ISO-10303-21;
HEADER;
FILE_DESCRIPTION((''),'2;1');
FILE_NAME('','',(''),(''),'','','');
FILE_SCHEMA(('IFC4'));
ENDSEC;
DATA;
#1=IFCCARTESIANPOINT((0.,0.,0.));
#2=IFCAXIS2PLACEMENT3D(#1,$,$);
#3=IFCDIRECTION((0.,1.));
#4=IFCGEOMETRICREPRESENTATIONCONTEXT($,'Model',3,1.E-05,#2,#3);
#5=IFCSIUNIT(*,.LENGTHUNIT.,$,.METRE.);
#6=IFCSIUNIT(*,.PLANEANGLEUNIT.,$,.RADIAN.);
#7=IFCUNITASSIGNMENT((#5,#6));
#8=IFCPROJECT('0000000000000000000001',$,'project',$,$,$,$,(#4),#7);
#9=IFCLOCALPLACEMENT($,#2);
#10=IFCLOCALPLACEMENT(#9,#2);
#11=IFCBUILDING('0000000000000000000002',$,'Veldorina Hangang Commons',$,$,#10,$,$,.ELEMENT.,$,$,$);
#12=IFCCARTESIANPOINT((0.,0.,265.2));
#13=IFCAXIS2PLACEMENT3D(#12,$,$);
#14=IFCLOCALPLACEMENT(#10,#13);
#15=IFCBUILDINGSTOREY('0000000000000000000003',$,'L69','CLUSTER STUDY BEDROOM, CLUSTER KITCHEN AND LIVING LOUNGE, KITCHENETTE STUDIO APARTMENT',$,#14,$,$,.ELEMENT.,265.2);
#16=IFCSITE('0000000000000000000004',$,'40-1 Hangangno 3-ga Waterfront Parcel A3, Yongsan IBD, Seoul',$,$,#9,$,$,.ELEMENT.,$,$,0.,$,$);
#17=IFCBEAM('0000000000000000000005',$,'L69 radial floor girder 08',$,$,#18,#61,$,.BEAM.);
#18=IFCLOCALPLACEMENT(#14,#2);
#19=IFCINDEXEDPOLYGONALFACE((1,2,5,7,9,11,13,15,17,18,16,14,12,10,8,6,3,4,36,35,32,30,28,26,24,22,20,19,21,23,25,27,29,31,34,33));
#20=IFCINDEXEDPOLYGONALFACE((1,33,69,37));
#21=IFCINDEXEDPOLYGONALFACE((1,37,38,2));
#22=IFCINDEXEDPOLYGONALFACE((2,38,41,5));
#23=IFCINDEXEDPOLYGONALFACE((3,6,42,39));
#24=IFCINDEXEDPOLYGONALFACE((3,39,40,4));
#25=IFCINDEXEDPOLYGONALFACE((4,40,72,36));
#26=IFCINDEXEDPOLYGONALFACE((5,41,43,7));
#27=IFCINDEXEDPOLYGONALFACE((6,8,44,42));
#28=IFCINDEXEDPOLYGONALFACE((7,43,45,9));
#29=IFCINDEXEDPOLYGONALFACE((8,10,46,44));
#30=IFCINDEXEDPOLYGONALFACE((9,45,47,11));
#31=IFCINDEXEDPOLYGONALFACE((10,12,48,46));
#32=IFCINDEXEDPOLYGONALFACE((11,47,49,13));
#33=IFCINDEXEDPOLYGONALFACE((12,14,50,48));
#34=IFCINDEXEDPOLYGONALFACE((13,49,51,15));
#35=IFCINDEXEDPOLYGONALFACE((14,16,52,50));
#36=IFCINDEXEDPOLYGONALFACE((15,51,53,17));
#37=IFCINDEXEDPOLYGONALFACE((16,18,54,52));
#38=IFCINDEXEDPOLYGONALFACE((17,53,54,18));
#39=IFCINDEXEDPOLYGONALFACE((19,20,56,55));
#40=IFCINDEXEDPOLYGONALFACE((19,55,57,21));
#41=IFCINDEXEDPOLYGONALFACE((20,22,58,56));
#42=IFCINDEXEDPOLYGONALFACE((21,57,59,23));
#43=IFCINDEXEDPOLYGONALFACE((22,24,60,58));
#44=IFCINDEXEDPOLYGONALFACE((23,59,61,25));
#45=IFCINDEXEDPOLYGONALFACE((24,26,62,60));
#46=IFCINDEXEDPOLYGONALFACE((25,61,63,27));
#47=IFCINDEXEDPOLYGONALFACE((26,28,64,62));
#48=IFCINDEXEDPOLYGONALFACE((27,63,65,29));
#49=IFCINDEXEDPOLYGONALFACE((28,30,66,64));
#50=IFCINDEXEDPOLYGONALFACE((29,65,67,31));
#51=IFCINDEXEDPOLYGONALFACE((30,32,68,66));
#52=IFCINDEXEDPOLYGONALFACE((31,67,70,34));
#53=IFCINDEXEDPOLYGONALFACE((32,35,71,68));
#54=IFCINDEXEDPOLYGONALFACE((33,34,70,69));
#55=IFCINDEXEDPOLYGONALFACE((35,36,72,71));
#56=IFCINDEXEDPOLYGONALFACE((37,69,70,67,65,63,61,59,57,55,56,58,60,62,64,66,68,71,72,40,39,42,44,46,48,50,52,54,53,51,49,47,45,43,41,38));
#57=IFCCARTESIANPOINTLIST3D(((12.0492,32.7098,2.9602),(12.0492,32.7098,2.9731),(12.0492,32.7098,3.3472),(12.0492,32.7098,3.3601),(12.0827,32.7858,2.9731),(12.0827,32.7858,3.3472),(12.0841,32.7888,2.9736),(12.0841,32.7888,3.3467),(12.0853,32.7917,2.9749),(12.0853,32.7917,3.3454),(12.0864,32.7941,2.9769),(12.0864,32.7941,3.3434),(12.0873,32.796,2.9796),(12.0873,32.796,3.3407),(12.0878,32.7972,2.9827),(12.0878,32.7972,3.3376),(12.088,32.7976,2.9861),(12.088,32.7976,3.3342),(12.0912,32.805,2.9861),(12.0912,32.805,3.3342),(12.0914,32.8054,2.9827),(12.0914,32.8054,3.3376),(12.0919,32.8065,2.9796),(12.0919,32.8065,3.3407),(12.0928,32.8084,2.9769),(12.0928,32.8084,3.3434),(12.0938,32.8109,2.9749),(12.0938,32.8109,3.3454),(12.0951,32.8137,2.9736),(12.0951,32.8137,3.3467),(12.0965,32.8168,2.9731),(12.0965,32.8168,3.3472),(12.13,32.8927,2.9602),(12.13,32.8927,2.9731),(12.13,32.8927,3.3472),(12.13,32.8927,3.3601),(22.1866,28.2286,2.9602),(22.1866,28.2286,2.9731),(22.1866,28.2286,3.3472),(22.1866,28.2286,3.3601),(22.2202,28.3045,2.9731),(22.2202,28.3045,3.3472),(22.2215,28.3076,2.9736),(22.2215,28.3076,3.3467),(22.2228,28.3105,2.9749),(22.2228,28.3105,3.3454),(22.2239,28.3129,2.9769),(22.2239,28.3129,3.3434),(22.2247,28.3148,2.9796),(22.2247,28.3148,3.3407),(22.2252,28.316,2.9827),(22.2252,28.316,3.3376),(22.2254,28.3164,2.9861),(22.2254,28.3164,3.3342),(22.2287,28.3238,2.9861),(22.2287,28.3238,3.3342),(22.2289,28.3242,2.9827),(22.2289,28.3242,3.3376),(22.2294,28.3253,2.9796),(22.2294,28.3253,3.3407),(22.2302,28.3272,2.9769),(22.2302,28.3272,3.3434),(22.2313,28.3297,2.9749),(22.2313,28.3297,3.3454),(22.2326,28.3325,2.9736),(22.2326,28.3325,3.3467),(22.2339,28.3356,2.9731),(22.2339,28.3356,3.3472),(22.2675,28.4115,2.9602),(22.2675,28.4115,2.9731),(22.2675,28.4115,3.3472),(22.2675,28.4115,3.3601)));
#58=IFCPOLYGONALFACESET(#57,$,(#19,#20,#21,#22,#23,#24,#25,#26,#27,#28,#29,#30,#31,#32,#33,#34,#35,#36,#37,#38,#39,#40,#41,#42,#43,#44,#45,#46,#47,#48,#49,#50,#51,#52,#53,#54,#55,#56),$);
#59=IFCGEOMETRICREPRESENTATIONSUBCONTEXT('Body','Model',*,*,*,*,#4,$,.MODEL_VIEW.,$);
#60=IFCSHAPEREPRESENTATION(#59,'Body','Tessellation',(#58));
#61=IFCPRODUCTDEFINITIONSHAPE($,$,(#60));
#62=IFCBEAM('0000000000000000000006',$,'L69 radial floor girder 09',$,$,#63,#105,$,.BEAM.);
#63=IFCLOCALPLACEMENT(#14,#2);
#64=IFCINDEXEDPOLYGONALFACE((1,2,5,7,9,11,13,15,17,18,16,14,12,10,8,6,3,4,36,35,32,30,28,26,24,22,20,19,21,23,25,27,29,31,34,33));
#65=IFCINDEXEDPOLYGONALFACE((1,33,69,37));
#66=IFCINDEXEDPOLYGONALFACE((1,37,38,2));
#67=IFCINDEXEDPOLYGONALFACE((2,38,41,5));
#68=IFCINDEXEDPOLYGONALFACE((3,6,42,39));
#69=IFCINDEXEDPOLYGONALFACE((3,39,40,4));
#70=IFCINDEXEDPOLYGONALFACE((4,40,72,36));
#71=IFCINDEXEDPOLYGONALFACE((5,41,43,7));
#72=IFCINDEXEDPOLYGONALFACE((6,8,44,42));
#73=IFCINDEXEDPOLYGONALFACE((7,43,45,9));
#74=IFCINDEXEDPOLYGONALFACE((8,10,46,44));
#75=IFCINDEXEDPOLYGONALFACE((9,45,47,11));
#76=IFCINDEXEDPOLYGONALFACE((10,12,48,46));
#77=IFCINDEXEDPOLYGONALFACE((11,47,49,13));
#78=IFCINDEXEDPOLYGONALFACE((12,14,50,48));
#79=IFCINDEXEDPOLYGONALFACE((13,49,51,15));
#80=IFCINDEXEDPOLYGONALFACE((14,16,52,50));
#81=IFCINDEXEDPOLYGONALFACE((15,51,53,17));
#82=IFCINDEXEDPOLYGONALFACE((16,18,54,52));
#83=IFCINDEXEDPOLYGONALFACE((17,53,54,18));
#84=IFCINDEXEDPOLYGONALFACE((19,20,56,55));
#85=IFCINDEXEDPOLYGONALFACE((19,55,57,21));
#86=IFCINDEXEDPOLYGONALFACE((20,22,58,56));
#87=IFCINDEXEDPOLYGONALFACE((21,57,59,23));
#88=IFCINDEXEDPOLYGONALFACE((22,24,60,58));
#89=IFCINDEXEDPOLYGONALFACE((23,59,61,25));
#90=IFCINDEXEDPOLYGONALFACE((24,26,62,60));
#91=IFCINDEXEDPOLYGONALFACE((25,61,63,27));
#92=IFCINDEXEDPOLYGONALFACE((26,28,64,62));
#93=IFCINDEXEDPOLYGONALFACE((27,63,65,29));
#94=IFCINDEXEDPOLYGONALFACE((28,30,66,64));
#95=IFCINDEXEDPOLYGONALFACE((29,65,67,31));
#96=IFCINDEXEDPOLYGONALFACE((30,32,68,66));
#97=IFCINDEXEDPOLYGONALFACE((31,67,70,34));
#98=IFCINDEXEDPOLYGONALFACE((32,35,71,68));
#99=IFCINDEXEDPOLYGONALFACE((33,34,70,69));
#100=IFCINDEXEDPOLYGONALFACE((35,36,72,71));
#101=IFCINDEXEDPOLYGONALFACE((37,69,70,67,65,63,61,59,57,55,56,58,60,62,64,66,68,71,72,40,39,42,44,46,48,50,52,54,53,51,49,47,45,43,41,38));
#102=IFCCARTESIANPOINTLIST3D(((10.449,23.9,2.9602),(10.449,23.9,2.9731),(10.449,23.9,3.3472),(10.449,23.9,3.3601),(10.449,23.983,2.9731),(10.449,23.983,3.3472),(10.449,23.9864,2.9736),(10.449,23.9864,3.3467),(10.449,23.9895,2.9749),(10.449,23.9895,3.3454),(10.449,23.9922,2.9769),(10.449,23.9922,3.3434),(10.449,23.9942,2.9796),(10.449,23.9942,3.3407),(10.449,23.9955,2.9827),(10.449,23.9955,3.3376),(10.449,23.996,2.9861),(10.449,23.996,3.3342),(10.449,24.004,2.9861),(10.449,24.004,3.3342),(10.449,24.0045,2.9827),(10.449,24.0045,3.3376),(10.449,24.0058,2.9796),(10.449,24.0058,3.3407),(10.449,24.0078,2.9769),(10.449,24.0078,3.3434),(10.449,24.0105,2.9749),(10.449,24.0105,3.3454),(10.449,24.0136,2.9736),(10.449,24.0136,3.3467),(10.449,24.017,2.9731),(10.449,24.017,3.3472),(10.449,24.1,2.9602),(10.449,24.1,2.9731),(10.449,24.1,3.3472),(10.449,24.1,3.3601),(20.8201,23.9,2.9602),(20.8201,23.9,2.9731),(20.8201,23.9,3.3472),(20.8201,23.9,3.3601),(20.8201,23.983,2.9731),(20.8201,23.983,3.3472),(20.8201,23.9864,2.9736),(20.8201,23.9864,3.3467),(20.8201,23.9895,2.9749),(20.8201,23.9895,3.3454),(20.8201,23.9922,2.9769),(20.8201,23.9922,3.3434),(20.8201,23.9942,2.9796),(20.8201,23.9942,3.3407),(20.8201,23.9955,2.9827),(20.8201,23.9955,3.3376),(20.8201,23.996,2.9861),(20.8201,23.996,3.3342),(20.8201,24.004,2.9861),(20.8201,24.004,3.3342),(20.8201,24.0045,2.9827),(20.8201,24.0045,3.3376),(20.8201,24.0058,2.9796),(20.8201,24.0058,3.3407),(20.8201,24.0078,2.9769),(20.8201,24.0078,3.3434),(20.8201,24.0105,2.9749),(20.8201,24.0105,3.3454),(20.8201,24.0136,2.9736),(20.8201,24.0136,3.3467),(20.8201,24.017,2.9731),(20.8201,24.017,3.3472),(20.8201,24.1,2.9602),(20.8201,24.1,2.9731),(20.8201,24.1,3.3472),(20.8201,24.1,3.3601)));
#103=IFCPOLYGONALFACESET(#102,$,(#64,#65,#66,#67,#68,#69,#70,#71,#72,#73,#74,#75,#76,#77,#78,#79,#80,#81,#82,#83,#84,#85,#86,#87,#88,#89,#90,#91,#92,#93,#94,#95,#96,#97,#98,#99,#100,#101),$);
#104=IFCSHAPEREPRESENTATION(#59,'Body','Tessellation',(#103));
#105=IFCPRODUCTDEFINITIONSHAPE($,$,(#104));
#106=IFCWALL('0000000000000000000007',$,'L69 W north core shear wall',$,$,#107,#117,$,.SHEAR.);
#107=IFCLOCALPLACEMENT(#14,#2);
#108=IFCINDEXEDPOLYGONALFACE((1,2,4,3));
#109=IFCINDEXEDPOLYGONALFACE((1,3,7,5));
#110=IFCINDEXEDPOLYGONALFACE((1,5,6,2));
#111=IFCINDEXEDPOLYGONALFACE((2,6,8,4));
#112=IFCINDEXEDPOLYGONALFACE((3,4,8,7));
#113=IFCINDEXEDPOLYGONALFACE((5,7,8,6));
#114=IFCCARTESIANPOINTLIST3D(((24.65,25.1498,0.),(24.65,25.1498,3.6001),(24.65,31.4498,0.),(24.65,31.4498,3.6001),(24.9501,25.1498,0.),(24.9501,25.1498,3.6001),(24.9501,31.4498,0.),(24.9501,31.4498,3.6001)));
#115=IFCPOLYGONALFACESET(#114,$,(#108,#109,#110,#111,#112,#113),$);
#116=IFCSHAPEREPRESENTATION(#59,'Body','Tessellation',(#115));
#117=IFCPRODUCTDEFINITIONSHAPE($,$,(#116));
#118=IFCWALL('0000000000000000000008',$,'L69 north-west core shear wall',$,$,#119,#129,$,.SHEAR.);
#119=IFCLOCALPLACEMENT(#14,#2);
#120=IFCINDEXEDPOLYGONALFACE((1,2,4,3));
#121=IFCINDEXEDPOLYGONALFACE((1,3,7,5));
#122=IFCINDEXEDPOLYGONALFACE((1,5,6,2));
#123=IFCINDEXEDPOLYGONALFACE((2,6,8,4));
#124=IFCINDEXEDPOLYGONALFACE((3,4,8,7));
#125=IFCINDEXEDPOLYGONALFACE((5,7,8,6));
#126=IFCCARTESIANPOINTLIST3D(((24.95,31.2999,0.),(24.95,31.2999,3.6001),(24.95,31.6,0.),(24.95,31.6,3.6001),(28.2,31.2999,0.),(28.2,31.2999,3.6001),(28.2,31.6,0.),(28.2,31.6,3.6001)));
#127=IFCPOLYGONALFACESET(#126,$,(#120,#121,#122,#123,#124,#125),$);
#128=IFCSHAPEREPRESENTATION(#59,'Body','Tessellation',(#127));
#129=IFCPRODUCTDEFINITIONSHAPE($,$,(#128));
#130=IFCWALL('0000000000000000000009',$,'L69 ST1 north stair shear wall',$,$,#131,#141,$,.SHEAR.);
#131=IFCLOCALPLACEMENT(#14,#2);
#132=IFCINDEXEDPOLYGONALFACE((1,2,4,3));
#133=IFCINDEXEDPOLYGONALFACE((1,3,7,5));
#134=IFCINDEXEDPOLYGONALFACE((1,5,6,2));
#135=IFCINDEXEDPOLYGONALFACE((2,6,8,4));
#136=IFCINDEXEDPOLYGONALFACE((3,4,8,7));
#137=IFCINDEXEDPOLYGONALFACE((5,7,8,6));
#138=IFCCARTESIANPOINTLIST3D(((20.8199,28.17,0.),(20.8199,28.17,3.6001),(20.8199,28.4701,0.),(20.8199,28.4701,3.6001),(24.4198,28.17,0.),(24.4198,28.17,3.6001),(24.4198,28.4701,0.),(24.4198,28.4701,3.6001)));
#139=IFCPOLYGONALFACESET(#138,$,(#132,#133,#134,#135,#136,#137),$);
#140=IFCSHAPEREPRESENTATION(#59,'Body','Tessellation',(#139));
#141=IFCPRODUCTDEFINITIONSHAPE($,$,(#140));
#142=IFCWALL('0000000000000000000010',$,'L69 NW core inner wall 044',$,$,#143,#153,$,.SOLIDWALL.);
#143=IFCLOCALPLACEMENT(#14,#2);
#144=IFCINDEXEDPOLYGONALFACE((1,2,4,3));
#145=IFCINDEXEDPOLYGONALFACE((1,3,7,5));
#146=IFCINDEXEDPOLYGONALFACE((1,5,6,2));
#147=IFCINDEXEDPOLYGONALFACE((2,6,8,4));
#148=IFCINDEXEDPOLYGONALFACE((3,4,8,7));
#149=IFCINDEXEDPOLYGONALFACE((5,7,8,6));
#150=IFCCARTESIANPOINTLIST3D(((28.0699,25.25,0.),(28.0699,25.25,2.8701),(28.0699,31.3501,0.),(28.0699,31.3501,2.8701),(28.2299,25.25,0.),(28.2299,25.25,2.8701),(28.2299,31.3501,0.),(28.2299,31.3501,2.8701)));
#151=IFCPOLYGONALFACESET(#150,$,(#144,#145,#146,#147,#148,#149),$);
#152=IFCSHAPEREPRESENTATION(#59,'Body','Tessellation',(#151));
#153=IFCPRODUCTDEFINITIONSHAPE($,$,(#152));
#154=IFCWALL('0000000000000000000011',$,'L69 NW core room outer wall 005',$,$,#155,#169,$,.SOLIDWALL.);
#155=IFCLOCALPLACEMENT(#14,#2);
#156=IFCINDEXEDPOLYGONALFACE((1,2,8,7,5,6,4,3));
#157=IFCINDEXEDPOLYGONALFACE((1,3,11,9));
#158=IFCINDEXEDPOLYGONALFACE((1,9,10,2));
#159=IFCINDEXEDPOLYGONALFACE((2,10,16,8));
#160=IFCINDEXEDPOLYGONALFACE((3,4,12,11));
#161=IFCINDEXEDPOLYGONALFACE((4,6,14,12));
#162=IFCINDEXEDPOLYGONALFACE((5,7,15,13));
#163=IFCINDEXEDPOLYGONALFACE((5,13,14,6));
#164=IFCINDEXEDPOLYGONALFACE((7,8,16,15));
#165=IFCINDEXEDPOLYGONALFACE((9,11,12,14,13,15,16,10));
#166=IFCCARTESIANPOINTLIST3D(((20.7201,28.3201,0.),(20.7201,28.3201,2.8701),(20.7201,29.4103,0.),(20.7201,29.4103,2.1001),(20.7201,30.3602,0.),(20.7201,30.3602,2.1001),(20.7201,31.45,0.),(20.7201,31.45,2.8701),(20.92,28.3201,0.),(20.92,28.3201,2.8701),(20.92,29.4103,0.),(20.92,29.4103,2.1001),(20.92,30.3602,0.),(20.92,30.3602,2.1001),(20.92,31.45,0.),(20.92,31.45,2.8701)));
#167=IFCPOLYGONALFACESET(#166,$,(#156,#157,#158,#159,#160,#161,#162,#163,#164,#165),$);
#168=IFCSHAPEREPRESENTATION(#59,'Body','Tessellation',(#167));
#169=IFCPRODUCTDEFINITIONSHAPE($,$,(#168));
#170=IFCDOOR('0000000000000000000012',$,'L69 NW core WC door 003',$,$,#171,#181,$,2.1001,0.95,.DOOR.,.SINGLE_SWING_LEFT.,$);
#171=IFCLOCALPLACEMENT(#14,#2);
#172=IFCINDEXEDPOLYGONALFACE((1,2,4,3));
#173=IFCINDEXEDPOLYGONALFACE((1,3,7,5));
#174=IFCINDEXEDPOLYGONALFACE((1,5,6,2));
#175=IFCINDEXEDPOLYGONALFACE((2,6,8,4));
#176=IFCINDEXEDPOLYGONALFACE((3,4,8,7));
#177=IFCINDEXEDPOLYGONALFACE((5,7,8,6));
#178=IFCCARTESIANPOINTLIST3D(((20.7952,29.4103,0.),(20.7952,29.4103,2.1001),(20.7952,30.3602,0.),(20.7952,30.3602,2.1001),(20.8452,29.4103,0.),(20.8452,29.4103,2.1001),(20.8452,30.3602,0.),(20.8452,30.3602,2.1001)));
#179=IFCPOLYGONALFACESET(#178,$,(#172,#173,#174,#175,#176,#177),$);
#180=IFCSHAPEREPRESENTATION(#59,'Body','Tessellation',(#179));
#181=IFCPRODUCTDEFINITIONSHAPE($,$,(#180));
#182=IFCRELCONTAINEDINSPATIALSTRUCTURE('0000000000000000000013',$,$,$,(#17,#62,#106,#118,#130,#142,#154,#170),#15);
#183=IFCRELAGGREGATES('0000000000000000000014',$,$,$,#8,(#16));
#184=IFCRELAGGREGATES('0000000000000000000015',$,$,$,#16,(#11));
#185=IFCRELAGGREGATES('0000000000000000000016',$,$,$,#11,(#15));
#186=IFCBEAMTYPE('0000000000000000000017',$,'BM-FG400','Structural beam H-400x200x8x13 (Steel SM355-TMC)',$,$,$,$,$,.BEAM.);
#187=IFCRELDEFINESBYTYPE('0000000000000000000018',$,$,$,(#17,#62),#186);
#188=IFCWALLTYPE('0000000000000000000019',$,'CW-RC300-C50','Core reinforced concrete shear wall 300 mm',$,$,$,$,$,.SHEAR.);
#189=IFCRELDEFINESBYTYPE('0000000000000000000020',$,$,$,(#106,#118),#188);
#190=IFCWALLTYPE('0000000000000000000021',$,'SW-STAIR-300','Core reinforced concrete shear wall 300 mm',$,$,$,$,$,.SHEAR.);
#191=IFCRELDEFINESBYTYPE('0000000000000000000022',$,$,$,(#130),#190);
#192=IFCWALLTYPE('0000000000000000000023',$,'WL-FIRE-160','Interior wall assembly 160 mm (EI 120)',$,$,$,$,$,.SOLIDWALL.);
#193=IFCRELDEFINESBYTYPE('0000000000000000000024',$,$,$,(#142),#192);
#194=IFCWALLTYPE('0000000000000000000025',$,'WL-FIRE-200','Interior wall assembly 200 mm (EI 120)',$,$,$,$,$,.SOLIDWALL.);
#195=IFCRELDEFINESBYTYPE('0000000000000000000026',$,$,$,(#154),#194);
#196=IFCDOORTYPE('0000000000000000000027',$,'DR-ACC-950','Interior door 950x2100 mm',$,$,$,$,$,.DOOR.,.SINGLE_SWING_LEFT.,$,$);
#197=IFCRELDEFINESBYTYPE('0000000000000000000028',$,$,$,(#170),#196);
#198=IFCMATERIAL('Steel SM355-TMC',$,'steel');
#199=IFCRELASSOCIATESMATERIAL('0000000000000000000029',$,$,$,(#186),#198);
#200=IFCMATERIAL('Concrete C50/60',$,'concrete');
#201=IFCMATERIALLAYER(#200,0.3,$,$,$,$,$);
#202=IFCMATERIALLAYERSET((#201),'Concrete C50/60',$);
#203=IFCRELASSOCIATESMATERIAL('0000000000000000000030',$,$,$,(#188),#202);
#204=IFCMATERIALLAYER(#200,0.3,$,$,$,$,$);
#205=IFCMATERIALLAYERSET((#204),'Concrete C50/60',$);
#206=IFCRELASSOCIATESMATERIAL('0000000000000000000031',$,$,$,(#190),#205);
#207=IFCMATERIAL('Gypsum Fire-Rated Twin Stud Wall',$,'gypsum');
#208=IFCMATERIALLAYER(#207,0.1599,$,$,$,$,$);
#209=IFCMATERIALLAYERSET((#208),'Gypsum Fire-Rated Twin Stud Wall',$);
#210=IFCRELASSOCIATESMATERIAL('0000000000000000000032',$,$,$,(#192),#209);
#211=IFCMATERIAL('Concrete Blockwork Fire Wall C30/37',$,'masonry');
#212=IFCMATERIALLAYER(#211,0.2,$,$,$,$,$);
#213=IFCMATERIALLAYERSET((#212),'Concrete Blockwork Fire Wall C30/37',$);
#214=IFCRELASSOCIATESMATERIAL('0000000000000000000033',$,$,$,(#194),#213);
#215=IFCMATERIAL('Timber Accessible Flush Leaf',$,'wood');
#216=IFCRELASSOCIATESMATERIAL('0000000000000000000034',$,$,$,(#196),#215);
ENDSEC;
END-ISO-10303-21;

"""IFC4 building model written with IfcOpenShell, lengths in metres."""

from ifc_helpers import new_model, si_unit, direction, frame, frame_2d, origin, origin_2d, place, context, subcontext, project, spatial, rectangle, i_section, extrude, material, layer, layer_set, material_profile, profile_set, type_object, element, fill, save


model = new_model("IFC4")

# Units and contexts
model_context = context("Model", 3, precision=1e-05, world=origin(), true_north=direction((0.0, 1.0)))
body_context = subcontext(model_context, "Body", "Model", "MODEL_VIEW")
ifc_project = project(units=[si_unit("LENGTHUNIT", "METRE"), si_unit("PLANEANGLEUNIT", "RADIAN")], contexts=[model_context])

# Site, building, storey
site_placement = place(None, origin())
site = spatial("IfcSite", under=ifc_project, at=site_placement, Name="40-1 Hangangno 3-ga Waterfront Parcel A3, Yongsan IBD, Seoul", CompositionType="ELEMENT", RefElevation=0.0)
building_placement = place(site_placement, origin())
building = spatial("IfcBuilding", under=site, at=building_placement, Name="Veldorina Hangang Commons", CompositionType="ELEMENT")
storey_placement = place(building_placement, frame((0.0, 0.0, 265.2)))
storey = spatial("IfcBuildingStorey", under=building, at=storey_placement, Name="L69", Description="CLUSTER STUDY BEDROOM, CLUSTER KITCHEN AND LIVING LOUNGE, KITCHENETTE STUDIO APARTMENT", CompositionType="ELEMENT", Elevation=265.2)

# Beams
ifc_material_1 = material(Name="Concrete C50/60", Category="concrete")
ifc_material_2 = material(Name="Steel SM355-TMC", Category="steel")
ifc_material_profile_1 = material_profile(ifc_material_2, i_section(OverallWidth=0.2, OverallDepth=0.3999, WebThickness=0.0081, FlangeThickness=0.0129, FilletRadius=0.0129, at=origin_2d()), Name="H-400x200x8x13")
ifc_profile_set_1 = profile_set([ifc_material_profile_1], Name="Steel SM355-TMC")
beam_type_1 = type_object("IfcBeamType", Name="BM-FG400", Description="Structural beam H-400x200x8x13 (Steel SM355-TMC)", PredefinedType="BEAM", material=ifc_profile_set_1)
beam_1_placement = place(storey_placement, frame((22.2271, 28.3201, 3.1602), z_axis=(-0.914624, 0.404304, 0.0), x_axis=(-0.404304, -0.914624, 0.0)))
element("IfcBeam", 1, at=beam_1_placement, inside=storey, type_object=beam_type_1, Name="L69 radial floor girder 08", PredefinedType="BEAM", context=body_context, shape_type="SweptSolid", body=[
    extrude(i_section(OverallWidth=0.2, OverallDepth=0.3999, WebThickness=0.0081, FlangeThickness=0.0129, FilletRadius=0.0129, at=origin_2d()), origin(), (0.0, 0.0, 1.0), 11.0837),
])
beam_2_placement = place(storey_placement, frame((20.8201, 24.0, 3.1602), z_axis=(-1.0, 0.0, 0.0), x_axis=(0.0, -1.0, 0.0)))
element("IfcBeam", 2, at=beam_2_placement, inside=storey, type_object=beam_type_1, Name="L69 radial floor girder 09", PredefinedType="BEAM", context=body_context, shape_type="SweptSolid", body=[
    extrude(i_section(OverallWidth=0.2, OverallDepth=0.3999, WebThickness=0.0081, FlangeThickness=0.0129, FilletRadius=0.0129, at=origin_2d()), origin(), (0.0, 0.0, 1.0), 10.3711),
])

# Walls
ifc_layer_1 = layer(ifc_material_1, 0.3)
ifc_layer_set_1 = layer_set([ifc_layer_1], Name="Concrete C50/60")
wall_type_1 = type_object("IfcWallType", Name="CW-RC300-C50", Description="Core reinforced concrete shear wall 300 mm", PredefinedType="SHEAR", material=ifc_layer_set_1)
wall_1_placement = place(storey_placement, frame((24.8, 25.1499, 0.0), z_axis=(0.0, 0.0, 1.0), x_axis=(0.0, 1.0, 0.0)))
element("IfcWall", 3, at=wall_1_placement, inside=storey, type_object=wall_type_1, Name="L69 W north core shear wall", PredefinedType="SHEAR", context=body_context, shape_type="SweptSolid", body=[
    extrude(rectangle(XDim=6.3, YDim=0.3, at=frame_2d((3.1499, 0.0))), origin(), (0.0, 0.0, 1.0), 3.6001),
])
wall_2_placement = place(storey_placement, frame((24.95, 31.45, 0.0), z_axis=(0.0, 0.0, 1.0), x_axis=(1.0, 0.0, 0.0)))
element("IfcWall", 4, at=wall_2_placement, inside=storey, type_object=wall_type_1, Name="L69 north-west core shear wall", PredefinedType="SHEAR", context=body_context, shape_type="SweptSolid", body=[
    extrude(rectangle(XDim=3.25, YDim=0.3, at=frame_2d((1.625, 0.0))), origin(), (0.0, 0.0, 1.0), 3.6001),
])
ifc_layer_2 = layer(ifc_material_1, 0.3)
ifc_layer_set_2 = layer_set([ifc_layer_2], Name="Concrete C50/60")
wall_type_2 = type_object("IfcWallType", Name="SW-STAIR-300", Description="Core reinforced concrete shear wall 300 mm", PredefinedType="SHEAR", material=ifc_layer_set_2)
wall_3_placement = place(storey_placement, frame((20.8201, 28.3201, 0.0), z_axis=(0.0, 0.0, 1.0), x_axis=(1.0, 0.0, 0.0)))
element("IfcWall", 5, at=wall_3_placement, inside=storey, type_object=wall_type_2, Name="L69 ST1 north stair shear wall", PredefinedType="SHEAR", context=body_context, shape_type="SweptSolid", body=[
    extrude(rectangle(XDim=3.5999, YDim=0.3, at=frame_2d((1.7998, 0.0))), origin(), (0.0, 0.0, 1.0), 3.6001),
])
ifc_material_3 = material(Name="Gypsum Fire-Rated Twin Stud Wall", Category="gypsum")
ifc_layer_3 = layer(ifc_material_3, 0.1599)
ifc_layer_set_3 = layer_set([ifc_layer_3], Name="Gypsum Fire-Rated Twin Stud Wall")
wall_type_3 = type_object("IfcWallType", Name="WL-FIRE-160", Description="Interior wall assembly 160 mm (EI 120)", PredefinedType="SOLIDWALL", material=ifc_layer_set_3)
wall_4_placement = place(storey_placement, frame((28.1499, 25.25, 0.0), z_axis=(0.0, 0.0, 1.0), x_axis=(0.0, 1.0, 0.0)))
element("IfcWall", 6, at=wall_4_placement, inside=storey, type_object=wall_type_3, Name="L69 NW core inner wall 044", PredefinedType="SOLIDWALL", context=body_context, shape_type="SweptSolid", body=[
    extrude(rectangle(XDim=6.1001, YDim=0.1599, at=frame_2d((3.05, 0.0))), origin(), (0.0, 0.0, 1.0), 2.8701),
])

# Wall, opening, door
ifc_material_4 = material(Name="Concrete Blockwork Fire Wall C30/37", Category="masonry")
ifc_layer_4 = layer(ifc_material_4, 0.2)
ifc_layer_set_4 = layer_set([ifc_layer_4], Name="Concrete Blockwork Fire Wall C30/37")
wall_type_4 = type_object("IfcWallType", Name="WL-FIRE-200", Description="Interior wall assembly 200 mm (EI 120)", PredefinedType="SOLIDWALL", material=ifc_layer_set_4)
wall_5_placement = place(storey_placement, frame((20.8201, 28.3201, 0.0), z_axis=(0.0, 0.0, 1.0), x_axis=(0.0, 1.0, 0.0)))
wall_5 = element("IfcWall", 7, at=wall_5_placement, inside=storey, type_object=wall_type_4, Name="L69 NW core room outer wall 005", PredefinedType="SOLIDWALL", context=body_context, shape_type="SweptSolid", body=[
    extrude(rectangle(XDim=3.1299, YDim=0.2, at=frame_2d((1.5649, 0.0))), origin(), (0.0, 0.0, 1.0), 2.8701),
])
opening_1_placement = place(wall_5_placement, frame((1.0901, 0.0, 0.0)))
opening_1 = element("IfcOpeningElement", 8, at=opening_1_placement, cuts=wall_5, PredefinedType="OPENING", context=body_context, shape_type="SweptSolid", body=[
    extrude(rectangle(XDim=0.95, YDim=2.1001, at=frame_2d((0.4751, 1.05))), frame((0.0, 0.1099, 0.0), z_axis=(0.0, -1.0, 0.0), x_axis=(1.0, 0.0, 0.0)), (0.0, 0.0, 1.0), 0.22),
])
ifc_material_5 = material(Name="Timber Accessible Flush Leaf", Category="wood")
door_type_1 = type_object("IfcDoorType", Name="DR-ACC-950", Description="Interior door 950x2100 mm", OperationType="SINGLE_SWING_LEFT", PredefinedType="DOOR", material=ifc_material_5)
door_1_placement = place(opening_1_placement, origin())
door_1 = element("IfcDoor", 9, at=door_1_placement, inside=storey, type_object=door_type_1, Name="L69 NW core WC door 003", OperationType="SINGLE_SWING_LEFT", OverallHeight=2.1001, OverallWidth=0.95, PredefinedType="DOOR", context=body_context, shape_type="SweptSolid", body=[
    extrude(rectangle(XDim=0.95, YDim=2.1001, at=frame_2d((0.4751, 1.05))), frame((0.0, 0.0249, 0.0), z_axis=(0.0, -1.0, 0.0), x_axis=(1.0, 0.0, 0.0)), (0.0, 0.0, 1.0), 0.05),
])
fill(opening_1, door_1)

save(model, "model.ifc")
